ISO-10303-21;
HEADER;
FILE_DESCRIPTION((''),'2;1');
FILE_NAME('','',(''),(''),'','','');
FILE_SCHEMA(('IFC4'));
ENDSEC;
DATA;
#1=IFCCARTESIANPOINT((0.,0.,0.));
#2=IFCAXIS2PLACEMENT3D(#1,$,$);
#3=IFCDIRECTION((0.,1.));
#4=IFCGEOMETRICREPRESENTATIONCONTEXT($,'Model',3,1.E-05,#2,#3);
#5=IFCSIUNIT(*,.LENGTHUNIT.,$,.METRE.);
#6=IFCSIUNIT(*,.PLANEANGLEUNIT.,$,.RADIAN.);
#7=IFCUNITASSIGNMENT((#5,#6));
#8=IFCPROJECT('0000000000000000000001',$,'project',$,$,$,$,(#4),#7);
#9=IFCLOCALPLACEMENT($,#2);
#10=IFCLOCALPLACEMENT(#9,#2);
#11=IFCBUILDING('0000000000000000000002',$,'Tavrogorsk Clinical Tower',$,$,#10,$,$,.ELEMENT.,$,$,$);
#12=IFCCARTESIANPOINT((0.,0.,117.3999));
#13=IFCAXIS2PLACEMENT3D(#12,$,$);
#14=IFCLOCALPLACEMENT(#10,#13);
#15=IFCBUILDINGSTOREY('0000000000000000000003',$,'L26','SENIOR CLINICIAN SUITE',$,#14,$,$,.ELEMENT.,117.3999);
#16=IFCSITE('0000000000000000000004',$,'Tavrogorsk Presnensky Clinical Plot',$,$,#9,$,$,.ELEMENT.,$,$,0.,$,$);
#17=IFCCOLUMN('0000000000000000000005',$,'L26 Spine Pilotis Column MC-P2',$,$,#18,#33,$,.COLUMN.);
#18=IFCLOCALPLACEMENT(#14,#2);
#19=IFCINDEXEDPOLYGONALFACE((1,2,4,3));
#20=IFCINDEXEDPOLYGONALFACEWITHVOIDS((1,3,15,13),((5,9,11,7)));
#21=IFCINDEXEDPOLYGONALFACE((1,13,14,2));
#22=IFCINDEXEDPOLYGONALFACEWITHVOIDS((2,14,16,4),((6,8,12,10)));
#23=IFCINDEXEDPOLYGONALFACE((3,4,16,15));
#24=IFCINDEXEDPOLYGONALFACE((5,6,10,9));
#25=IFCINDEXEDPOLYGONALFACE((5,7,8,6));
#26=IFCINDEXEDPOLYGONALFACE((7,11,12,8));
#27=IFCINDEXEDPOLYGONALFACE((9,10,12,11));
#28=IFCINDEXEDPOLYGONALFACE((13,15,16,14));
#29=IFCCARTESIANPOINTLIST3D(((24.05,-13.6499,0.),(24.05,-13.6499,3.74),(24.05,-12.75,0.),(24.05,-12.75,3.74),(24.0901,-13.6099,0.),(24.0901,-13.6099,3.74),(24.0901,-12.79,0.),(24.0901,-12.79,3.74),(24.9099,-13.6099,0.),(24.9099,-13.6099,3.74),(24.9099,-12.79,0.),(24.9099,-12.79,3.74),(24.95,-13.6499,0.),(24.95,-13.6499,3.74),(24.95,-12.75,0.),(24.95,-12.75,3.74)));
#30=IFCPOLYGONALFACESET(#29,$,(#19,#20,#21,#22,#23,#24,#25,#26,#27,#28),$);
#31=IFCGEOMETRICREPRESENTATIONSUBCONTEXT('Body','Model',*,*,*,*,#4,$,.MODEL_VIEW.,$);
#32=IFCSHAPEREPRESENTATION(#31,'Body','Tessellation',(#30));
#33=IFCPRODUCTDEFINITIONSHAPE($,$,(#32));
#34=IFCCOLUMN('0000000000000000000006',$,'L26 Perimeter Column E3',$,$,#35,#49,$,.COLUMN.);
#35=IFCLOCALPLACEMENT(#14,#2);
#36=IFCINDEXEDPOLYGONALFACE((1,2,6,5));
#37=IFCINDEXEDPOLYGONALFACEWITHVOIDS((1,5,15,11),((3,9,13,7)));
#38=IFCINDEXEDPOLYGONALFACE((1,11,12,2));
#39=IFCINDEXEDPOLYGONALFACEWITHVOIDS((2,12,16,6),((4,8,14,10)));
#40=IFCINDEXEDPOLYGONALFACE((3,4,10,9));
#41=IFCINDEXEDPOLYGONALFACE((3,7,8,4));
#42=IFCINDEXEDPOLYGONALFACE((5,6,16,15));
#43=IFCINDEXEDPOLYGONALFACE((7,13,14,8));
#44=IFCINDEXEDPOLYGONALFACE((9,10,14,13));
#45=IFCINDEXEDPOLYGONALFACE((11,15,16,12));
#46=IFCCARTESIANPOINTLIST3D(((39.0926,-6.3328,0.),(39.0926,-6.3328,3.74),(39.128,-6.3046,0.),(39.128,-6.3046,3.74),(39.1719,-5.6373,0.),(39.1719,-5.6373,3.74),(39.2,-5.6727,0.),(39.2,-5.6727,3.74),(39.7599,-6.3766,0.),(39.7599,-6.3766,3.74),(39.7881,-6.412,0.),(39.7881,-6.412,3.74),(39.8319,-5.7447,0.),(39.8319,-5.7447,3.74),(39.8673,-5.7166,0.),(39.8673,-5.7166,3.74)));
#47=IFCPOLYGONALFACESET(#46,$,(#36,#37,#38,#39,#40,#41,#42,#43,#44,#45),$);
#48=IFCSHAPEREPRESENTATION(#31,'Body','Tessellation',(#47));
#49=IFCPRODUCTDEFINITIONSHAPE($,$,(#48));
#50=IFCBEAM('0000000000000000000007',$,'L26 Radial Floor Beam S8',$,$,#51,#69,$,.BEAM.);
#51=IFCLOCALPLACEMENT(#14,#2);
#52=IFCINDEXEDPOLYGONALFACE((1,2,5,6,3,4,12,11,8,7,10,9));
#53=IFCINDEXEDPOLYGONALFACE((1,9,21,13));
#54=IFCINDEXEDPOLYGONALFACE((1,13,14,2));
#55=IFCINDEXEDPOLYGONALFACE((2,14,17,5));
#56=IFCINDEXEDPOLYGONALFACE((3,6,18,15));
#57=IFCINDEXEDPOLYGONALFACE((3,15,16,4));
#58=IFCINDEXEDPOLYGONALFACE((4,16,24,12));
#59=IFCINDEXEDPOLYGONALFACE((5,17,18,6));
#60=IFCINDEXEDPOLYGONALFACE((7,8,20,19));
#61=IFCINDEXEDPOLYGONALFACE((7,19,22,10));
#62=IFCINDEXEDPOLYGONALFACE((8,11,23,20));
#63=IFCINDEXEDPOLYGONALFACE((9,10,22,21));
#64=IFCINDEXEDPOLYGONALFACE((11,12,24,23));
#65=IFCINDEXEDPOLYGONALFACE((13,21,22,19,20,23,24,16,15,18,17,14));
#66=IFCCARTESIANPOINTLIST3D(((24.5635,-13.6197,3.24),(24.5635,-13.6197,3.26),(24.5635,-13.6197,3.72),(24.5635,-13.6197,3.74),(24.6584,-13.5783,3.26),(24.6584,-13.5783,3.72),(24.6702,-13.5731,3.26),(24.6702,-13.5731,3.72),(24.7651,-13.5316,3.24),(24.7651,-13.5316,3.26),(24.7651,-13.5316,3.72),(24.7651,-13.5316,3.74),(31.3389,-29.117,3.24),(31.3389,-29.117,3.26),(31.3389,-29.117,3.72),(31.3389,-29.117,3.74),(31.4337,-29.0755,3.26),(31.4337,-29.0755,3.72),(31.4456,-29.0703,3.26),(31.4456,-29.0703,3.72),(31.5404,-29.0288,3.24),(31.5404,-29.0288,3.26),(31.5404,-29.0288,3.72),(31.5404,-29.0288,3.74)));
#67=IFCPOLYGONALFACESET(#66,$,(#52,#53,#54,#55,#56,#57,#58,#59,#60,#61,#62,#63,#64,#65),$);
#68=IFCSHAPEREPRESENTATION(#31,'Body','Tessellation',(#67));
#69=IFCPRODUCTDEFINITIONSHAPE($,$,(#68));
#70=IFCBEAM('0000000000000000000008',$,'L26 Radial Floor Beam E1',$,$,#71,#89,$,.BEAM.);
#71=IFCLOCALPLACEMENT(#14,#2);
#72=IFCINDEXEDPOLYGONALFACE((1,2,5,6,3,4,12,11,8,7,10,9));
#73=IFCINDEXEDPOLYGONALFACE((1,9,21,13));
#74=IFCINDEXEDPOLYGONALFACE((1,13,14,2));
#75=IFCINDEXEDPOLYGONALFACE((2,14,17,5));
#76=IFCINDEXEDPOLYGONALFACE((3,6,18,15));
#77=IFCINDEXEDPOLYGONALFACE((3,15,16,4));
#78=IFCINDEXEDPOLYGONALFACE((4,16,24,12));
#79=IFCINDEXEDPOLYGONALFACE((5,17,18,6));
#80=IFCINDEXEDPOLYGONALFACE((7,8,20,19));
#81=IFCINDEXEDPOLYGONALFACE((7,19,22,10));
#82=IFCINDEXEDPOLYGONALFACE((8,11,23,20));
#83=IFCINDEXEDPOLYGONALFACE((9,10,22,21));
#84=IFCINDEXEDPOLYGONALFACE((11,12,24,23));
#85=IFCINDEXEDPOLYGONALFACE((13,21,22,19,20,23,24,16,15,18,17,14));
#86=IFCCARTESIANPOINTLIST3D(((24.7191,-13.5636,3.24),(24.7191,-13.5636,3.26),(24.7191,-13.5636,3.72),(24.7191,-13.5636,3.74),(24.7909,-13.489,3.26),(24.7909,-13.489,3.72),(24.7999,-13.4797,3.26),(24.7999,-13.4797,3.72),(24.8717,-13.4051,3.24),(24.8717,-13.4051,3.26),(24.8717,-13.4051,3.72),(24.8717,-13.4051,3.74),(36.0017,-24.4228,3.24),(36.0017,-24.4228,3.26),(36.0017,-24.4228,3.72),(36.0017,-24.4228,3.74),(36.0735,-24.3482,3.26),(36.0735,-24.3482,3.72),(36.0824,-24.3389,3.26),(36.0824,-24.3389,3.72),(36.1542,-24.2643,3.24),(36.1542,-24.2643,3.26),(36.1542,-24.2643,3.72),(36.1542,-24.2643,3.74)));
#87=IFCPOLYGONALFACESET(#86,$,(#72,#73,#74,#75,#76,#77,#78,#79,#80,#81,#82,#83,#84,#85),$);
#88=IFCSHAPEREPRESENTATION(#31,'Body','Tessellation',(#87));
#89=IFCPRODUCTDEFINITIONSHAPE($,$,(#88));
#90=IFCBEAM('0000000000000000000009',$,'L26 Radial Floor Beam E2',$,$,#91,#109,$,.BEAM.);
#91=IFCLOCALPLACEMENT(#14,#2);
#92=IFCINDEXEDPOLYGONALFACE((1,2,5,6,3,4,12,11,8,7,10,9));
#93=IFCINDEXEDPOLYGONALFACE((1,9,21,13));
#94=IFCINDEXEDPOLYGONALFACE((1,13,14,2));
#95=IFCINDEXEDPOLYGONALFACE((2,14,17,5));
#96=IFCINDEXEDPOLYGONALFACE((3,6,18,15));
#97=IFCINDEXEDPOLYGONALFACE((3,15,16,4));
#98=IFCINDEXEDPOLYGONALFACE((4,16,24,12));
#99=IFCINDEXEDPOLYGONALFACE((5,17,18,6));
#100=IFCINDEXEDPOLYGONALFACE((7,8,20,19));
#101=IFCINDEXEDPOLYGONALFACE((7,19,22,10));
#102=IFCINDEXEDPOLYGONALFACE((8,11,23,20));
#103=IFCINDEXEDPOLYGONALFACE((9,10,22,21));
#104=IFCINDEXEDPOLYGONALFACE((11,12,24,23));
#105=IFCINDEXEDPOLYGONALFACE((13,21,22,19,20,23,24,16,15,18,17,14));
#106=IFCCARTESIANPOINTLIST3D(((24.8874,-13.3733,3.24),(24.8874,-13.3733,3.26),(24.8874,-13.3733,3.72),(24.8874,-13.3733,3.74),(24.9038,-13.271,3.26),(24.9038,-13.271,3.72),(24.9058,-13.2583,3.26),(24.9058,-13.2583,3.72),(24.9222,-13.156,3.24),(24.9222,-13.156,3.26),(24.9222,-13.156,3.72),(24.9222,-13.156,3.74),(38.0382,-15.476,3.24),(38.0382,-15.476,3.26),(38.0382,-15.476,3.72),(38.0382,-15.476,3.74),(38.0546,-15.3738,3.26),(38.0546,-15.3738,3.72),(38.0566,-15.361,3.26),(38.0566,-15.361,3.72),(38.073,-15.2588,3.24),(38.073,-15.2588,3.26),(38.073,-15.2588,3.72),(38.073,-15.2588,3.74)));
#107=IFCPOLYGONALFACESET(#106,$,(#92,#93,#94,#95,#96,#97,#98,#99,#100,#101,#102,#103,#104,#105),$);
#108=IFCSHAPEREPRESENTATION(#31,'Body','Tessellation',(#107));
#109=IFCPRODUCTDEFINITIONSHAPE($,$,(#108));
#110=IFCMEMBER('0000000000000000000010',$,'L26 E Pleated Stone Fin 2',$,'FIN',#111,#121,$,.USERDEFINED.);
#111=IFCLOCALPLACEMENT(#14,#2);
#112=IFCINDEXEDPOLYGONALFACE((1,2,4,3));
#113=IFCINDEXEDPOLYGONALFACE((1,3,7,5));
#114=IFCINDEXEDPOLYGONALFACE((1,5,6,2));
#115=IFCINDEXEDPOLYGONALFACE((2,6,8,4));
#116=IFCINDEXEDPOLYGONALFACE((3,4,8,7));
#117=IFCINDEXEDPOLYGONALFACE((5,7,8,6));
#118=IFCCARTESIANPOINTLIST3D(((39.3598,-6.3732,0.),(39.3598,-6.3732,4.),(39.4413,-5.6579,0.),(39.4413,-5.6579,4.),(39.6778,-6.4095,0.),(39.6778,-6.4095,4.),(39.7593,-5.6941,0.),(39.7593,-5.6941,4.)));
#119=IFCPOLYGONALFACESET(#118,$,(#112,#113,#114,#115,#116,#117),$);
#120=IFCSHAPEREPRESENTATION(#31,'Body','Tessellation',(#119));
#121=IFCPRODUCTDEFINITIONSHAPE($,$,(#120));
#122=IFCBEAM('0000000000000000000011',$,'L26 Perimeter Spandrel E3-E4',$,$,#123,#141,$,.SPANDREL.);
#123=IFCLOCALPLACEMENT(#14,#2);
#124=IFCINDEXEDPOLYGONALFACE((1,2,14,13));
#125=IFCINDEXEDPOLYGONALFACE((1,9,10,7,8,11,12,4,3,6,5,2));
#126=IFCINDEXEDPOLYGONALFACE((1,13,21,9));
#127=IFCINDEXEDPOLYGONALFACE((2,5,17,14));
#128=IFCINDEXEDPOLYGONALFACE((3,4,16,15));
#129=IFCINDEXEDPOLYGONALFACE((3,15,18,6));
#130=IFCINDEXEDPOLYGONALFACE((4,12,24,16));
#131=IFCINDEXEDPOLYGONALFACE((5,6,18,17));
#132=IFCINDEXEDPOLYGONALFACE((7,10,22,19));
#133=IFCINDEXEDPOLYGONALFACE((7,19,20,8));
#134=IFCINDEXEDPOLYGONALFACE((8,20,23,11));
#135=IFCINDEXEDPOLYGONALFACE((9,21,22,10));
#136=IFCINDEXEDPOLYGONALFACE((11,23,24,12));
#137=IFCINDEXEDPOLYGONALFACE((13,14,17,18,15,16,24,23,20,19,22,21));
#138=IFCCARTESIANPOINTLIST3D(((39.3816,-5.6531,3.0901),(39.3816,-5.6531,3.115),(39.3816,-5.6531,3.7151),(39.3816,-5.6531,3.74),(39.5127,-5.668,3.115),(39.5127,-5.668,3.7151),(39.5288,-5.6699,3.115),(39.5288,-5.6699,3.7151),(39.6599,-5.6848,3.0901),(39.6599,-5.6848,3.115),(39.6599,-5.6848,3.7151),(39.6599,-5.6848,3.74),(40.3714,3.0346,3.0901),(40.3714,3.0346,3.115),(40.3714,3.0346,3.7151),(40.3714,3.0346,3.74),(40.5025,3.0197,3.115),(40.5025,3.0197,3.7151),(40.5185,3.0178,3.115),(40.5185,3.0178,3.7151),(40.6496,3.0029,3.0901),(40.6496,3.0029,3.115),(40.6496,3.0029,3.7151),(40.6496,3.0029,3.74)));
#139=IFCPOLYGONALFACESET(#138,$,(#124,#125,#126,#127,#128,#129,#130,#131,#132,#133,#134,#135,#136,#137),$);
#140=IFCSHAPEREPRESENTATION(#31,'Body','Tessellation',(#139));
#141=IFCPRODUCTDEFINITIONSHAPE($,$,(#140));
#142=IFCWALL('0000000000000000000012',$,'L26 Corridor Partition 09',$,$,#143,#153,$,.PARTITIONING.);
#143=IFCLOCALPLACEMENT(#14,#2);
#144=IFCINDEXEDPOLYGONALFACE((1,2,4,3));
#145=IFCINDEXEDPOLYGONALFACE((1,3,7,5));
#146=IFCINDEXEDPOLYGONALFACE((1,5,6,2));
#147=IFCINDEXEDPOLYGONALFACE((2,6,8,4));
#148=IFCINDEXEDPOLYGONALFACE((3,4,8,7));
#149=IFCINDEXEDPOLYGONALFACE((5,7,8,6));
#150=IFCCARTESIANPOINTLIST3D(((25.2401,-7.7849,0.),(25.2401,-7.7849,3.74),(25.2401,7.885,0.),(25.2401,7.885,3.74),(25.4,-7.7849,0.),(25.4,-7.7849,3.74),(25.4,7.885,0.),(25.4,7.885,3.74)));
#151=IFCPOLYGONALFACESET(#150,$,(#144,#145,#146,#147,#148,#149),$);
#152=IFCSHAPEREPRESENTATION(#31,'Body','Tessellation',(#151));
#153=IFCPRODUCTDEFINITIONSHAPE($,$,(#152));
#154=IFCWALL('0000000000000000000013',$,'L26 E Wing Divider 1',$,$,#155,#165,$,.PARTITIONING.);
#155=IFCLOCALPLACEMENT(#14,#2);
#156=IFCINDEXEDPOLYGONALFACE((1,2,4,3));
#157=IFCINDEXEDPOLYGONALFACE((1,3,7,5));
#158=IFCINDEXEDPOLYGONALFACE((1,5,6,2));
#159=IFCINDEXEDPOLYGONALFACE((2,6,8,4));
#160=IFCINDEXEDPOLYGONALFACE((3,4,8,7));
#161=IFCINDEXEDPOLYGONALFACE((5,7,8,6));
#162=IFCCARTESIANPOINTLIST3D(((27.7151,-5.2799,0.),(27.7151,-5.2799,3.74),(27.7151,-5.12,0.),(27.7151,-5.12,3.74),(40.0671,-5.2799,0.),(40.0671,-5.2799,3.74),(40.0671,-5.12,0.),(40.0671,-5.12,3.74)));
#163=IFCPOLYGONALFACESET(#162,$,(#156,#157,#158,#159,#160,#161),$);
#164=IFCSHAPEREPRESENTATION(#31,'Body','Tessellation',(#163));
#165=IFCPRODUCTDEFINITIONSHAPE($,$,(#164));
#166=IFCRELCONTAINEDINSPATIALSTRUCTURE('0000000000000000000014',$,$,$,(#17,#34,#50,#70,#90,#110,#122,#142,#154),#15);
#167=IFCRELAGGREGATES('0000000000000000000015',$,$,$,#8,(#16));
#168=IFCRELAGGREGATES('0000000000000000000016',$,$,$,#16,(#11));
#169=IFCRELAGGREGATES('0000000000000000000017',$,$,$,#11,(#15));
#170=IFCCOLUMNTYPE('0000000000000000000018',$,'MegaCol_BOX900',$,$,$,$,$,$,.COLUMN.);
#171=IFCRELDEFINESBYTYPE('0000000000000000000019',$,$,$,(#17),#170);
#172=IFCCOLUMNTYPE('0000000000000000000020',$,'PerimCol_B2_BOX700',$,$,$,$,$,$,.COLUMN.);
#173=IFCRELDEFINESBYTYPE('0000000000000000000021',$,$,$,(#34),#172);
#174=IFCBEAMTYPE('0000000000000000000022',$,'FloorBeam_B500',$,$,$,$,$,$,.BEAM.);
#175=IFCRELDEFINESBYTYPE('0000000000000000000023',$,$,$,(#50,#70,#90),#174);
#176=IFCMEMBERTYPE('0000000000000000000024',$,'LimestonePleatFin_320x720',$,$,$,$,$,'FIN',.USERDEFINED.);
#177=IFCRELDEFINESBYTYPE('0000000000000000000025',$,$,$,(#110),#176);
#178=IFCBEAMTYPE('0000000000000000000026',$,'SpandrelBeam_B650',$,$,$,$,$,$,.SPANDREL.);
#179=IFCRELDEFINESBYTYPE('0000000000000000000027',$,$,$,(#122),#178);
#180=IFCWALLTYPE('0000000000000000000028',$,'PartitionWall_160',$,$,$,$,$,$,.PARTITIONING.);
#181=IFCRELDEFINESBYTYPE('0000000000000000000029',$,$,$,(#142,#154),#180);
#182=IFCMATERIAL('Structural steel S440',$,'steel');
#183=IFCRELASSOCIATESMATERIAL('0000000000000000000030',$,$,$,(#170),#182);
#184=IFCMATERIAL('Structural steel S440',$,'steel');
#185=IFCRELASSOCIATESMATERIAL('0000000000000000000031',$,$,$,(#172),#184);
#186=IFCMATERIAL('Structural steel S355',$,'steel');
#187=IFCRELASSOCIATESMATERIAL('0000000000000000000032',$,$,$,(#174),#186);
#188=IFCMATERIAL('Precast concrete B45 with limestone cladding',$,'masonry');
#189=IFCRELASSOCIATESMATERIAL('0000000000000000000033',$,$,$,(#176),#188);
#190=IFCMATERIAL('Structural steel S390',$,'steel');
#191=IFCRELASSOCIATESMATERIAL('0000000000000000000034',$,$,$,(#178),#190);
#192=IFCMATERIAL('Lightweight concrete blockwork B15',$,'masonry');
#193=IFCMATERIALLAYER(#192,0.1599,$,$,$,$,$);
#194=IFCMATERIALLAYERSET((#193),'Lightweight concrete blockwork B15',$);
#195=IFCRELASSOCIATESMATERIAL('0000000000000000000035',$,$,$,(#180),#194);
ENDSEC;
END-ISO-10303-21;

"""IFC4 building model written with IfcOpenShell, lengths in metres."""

from ifc_helpers import new_model, si_unit, direction, frame, frame_2d, origin, origin_2d, place, context, subcontext, project, spatial, rectangle, hollow_rectangle, i_section, extrude, material, layer, layer_set, material_profile, profile_set, type_object, element, save


model = new_model("IFC4")

# Units and contexts
model_context = context("Model", 3, precision=1e-05, world=origin(), true_north=direction((0.0, 1.0)))
body_context = subcontext(model_context, "Body", "Model", "MODEL_VIEW")
ifc_project = project(units=[si_unit("LENGTHUNIT", "METRE"), si_unit("PLANEANGLEUNIT", "RADIAN")], contexts=[model_context])

# Site, building, storey
site_placement = place(None, origin())
site = spatial("IfcSite", under=ifc_project, at=site_placement, Name="Tavrogorsk Presnensky Clinical Plot", CompositionType="ELEMENT", RefElevation=0.0)
building_placement = place(site_placement, origin())
building = spatial("IfcBuilding", under=site, at=building_placement, Name="Tavrogorsk Clinical Tower", CompositionType="ELEMENT")
storey_placement = place(building_placement, frame((0.0, 0.0, 117.3999)))
storey = spatial("IfcBuildingStorey", under=building, at=storey_placement, Name="L26", Description="SENIOR CLINICIAN SUITE", CompositionType="ELEMENT", Elevation=117.3999)

# Columns
ifc_material_1 = material(Name="Structural steel S440", Category="steel")
ifc_material_profile_1 = material_profile(ifc_material_1, hollow_rectangle(XDim=0.8999, YDim=0.8999, WallThickness=0.04, at=origin_2d()), Name="BOX-900x900x40")
ifc_profile_set_1 = profile_set([ifc_material_profile_1], Name="Structural steel S440")
column_type_1 = type_object("IfcColumnType", Name="MegaCol_BOX900", PredefinedType="COLUMN", material=ifc_profile_set_1)
column_1_placement = place(storey_placement, frame((24.5, -13.2, 0.0), z_axis=(0.0, 0.0, 1.0), x_axis=(1.0, 0.0, 0.0)))
element("IfcColumn", 1, at=column_1_placement, inside=storey, type_object=column_type_1, Name="L26 Spine Pilotis Column MC-P2", PredefinedType="COLUMN", context=body_context, shape_type="SweptSolid", body=[
    extrude(hollow_rectangle(XDim=0.8999, YDim=0.8999, WallThickness=0.04, at=origin_2d()), origin(), (0.0, 0.0, 1.0), 3.74),
])
ifc_material_2 = material(Name="Structural steel S440", Category="steel")
ifc_material_profile_2 = material_profile(ifc_material_2, hollow_rectangle(XDim=0.7, YDim=0.7, WallThickness=0.032, at=origin_2d()), Name="BOX-700x700x32")
ifc_profile_set_2 = profile_set([ifc_material_profile_2], Name="Structural steel S440")
column_type_2 = type_object("IfcColumnType", Name="PerimCol_B2_BOX700", PredefinedType="COLUMN", material=ifc_profile_set_2)
column_2_placement = place(storey_placement, frame((39.48, -6.0247, 0.0), z_axis=(0.0, 0.0, 1.0), x_axis=(0.993572, -0.113203, 0.0)))
element("IfcColumn", 2, at=column_2_placement, inside=storey, type_object=column_type_2, Name="L26 Perimeter Column E3", PredefinedType="COLUMN", context=body_context, shape_type="SweptSolid", body=[
    extrude(hollow_rectangle(XDim=0.7, YDim=0.7, WallThickness=0.032, at=origin_2d()), origin(), (0.0, 0.0, 1.0), 3.74),
])

# Beams
ifc_material_3 = material(Name="Structural steel S355", Category="steel")
ifc_material_profile_3 = material_profile(ifc_material_3, i_section(OverallWidth=0.22, OverallDepth=0.5, WebThickness=0.0129, FlangeThickness=0.02, at=origin_2d()), Name="B-500x220x13x20")
ifc_profile_set_3 = profile_set([ifc_material_profile_3], Name="Structural steel S355")
beam_type_1 = type_object("IfcBeamType", Name="FloorBeam_B500", PredefinedType="BEAM", material=ifc_profile_set_3)
beam_1_placement = place(storey_placement, frame((24.6643, -13.5757, 3.49), z_axis=(0.400586, -0.916259, 0.0), x_axis=(0.916259, 0.400586, 0.0)))
element("IfcBeam", 3, at=beam_1_placement, inside=storey, type_object=beam_type_1, Name="L26 Radial Floor Beam S8", PredefinedType="BEAM", context=body_context, shape_type="SweptSolid", body=[
    extrude(i_section(OverallWidth=0.22, OverallDepth=0.5, WebThickness=0.0129, FlangeThickness=0.02, at=origin_2d()), origin(), (0.0, 0.0, 1.0), 16.9136),
])
beam_2_placement = place(storey_placement, frame((24.7954, -13.4844, 3.49), z_axis=(0.720495, -0.69346, 0.0), x_axis=(0.69346, 0.720495, 0.0)))
element("IfcBeam", 4, at=beam_2_placement, inside=storey, type_object=beam_type_1, Name="L26 Radial Floor Beam E1", PredefinedType="BEAM", context=body_context, shape_type="SweptSolid", body=[
    extrude(i_section(OverallWidth=0.22, OverallDepth=0.5, WebThickness=0.0129, FlangeThickness=0.02, at=origin_2d()), origin(), (0.0, 0.0, 1.0), 15.6594),
])
beam_3_placement = place(storey_placement, frame((24.9048, -13.2646, 3.49), z_axis=(0.987457, -0.157891, 0.0), x_axis=(0.157891, 0.987457, 0.0)))
element("IfcBeam", 5, at=beam_3_placement, inside=storey, type_object=beam_type_1, Name="L26 Radial Floor Beam E2", PredefinedType="BEAM", context=body_context, shape_type="SweptSolid", body=[
    extrude(i_section(OverallWidth=0.22, OverallDepth=0.5, WebThickness=0.0129, FlangeThickness=0.02, at=origin_2d()), origin(), (0.0, 0.0, 1.0), 13.3179),
])

# Member
ifc_material_4 = material(Name="Precast concrete B45 with limestone cladding", Category="masonry")
ifc_material_profile_4 = material_profile(ifc_material_4, rectangle(XDim=0.3201, YDim=0.72, at=origin_2d()), Name="LIMESTONE-FIN-320x720")
ifc_profile_set_4 = profile_set([ifc_material_profile_4], Name="Precast concrete B45 with limestone cladding")
member_type = type_object("IfcMemberType", Name="LimestonePleatFin_320x720", ElementType="FIN", PredefinedType="USERDEFINED", material=ifc_profile_set_4)
member_placement = place(storey_placement, frame((39.5596, -6.0337, 0.0), z_axis=(0.0, 0.0, 1.0), x_axis=(0.993572, -0.113203, 0.0)))
element("IfcMember", 6, at=member_placement, inside=storey, type_object=member_type, Name="L26 E Pleated Stone Fin 2", ObjectType="FIN", PredefinedType="USERDEFINED", context=body_context, shape_type="SweptSolid", body=[
    extrude(rectangle(XDim=0.3201, YDim=0.72, at=origin_2d()), origin(), (0.0, 0.0, 1.0), 4.0),
])

# Beam
ifc_material_5 = material(Name="Structural steel S390", Category="steel")
ifc_material_profile_5 = material_profile(ifc_material_5, i_section(OverallWidth=0.28, OverallDepth=0.6499, WebThickness=0.0161, FlangeThickness=0.0249, at=origin_2d()), Name="B-650x280x16x25")
ifc_profile_set_5 = profile_set([ifc_material_profile_5], Name="Structural steel S390")
beam_type_2 = type_object("IfcBeamType", Name="SpandrelBeam_B650", PredefinedType="SPANDREL", material=ifc_profile_set_5)
beam_4_placement = place(storey_placement, frame((39.5208, -5.6689, 3.415), z_axis=(0.113192, 0.993573, 0.0), x_axis=(-0.993573, 0.113192, 0.0)))
element("IfcBeam", 7, at=beam_4_placement, inside=storey, type_object=beam_type_2, Name="L26 Perimeter Spandrel E3-E4", PredefinedType="SPANDREL", context=body_context, shape_type="SweptSolid", body=[
    extrude(i_section(OverallWidth=0.28, OverallDepth=0.6499, WebThickness=0.0161, FlangeThickness=0.0249, at=origin_2d()), origin(), (0.0, 0.0, 1.0), 8.7439),
])

# Shared definitions
ifc_material_6 = material(Name="Lightweight concrete blockwork B15", Category="masonry")
ifc_layer = layer(ifc_material_6, 0.1599)
ifc_layer_set = layer_set([ifc_layer], Name="Lightweight concrete blockwork B15")
wall_type = type_object("IfcWallType", Name="PartitionWall_160", PredefinedType="PARTITIONING", material=ifc_layer_set)

# Walls
wall_1_placement = place(storey_placement, frame((25.3201, -7.7849, 0.0), z_axis=(0.0, 0.0, 1.0), x_axis=(0.0, 1.0, 0.0)))
element("IfcWall", 8, at=wall_1_placement, inside=storey, type_object=wall_type, Name="L26 Corridor Partition 09", PredefinedType="PARTITIONING", context=body_context, shape_type="SweptSolid", body=[
    extrude(rectangle(XDim=15.6699, YDim=0.1599, at=frame_2d((7.835, 0.0))), origin(), (0.0, 0.0, 1.0), 3.74),
])
wall_2_placement = place(storey_placement, frame((27.7151, -5.2, 0.0), z_axis=(0.0, 0.0, 1.0), x_axis=(1.0, 0.0, 0.0)))
element("IfcWall", 9, at=wall_2_placement, inside=storey, type_object=wall_type, Name="L26 E Wing Divider 1", PredefinedType="PARTITIONING", context=body_context, shape_type="SweptSolid", body=[
    extrude(rectangle(XDim=12.3521, YDim=0.1599, at=frame_2d((6.176, 0.0))), origin(), (0.0, 0.0, 1.0), 3.74),
])

save(model, "model.ifc")
